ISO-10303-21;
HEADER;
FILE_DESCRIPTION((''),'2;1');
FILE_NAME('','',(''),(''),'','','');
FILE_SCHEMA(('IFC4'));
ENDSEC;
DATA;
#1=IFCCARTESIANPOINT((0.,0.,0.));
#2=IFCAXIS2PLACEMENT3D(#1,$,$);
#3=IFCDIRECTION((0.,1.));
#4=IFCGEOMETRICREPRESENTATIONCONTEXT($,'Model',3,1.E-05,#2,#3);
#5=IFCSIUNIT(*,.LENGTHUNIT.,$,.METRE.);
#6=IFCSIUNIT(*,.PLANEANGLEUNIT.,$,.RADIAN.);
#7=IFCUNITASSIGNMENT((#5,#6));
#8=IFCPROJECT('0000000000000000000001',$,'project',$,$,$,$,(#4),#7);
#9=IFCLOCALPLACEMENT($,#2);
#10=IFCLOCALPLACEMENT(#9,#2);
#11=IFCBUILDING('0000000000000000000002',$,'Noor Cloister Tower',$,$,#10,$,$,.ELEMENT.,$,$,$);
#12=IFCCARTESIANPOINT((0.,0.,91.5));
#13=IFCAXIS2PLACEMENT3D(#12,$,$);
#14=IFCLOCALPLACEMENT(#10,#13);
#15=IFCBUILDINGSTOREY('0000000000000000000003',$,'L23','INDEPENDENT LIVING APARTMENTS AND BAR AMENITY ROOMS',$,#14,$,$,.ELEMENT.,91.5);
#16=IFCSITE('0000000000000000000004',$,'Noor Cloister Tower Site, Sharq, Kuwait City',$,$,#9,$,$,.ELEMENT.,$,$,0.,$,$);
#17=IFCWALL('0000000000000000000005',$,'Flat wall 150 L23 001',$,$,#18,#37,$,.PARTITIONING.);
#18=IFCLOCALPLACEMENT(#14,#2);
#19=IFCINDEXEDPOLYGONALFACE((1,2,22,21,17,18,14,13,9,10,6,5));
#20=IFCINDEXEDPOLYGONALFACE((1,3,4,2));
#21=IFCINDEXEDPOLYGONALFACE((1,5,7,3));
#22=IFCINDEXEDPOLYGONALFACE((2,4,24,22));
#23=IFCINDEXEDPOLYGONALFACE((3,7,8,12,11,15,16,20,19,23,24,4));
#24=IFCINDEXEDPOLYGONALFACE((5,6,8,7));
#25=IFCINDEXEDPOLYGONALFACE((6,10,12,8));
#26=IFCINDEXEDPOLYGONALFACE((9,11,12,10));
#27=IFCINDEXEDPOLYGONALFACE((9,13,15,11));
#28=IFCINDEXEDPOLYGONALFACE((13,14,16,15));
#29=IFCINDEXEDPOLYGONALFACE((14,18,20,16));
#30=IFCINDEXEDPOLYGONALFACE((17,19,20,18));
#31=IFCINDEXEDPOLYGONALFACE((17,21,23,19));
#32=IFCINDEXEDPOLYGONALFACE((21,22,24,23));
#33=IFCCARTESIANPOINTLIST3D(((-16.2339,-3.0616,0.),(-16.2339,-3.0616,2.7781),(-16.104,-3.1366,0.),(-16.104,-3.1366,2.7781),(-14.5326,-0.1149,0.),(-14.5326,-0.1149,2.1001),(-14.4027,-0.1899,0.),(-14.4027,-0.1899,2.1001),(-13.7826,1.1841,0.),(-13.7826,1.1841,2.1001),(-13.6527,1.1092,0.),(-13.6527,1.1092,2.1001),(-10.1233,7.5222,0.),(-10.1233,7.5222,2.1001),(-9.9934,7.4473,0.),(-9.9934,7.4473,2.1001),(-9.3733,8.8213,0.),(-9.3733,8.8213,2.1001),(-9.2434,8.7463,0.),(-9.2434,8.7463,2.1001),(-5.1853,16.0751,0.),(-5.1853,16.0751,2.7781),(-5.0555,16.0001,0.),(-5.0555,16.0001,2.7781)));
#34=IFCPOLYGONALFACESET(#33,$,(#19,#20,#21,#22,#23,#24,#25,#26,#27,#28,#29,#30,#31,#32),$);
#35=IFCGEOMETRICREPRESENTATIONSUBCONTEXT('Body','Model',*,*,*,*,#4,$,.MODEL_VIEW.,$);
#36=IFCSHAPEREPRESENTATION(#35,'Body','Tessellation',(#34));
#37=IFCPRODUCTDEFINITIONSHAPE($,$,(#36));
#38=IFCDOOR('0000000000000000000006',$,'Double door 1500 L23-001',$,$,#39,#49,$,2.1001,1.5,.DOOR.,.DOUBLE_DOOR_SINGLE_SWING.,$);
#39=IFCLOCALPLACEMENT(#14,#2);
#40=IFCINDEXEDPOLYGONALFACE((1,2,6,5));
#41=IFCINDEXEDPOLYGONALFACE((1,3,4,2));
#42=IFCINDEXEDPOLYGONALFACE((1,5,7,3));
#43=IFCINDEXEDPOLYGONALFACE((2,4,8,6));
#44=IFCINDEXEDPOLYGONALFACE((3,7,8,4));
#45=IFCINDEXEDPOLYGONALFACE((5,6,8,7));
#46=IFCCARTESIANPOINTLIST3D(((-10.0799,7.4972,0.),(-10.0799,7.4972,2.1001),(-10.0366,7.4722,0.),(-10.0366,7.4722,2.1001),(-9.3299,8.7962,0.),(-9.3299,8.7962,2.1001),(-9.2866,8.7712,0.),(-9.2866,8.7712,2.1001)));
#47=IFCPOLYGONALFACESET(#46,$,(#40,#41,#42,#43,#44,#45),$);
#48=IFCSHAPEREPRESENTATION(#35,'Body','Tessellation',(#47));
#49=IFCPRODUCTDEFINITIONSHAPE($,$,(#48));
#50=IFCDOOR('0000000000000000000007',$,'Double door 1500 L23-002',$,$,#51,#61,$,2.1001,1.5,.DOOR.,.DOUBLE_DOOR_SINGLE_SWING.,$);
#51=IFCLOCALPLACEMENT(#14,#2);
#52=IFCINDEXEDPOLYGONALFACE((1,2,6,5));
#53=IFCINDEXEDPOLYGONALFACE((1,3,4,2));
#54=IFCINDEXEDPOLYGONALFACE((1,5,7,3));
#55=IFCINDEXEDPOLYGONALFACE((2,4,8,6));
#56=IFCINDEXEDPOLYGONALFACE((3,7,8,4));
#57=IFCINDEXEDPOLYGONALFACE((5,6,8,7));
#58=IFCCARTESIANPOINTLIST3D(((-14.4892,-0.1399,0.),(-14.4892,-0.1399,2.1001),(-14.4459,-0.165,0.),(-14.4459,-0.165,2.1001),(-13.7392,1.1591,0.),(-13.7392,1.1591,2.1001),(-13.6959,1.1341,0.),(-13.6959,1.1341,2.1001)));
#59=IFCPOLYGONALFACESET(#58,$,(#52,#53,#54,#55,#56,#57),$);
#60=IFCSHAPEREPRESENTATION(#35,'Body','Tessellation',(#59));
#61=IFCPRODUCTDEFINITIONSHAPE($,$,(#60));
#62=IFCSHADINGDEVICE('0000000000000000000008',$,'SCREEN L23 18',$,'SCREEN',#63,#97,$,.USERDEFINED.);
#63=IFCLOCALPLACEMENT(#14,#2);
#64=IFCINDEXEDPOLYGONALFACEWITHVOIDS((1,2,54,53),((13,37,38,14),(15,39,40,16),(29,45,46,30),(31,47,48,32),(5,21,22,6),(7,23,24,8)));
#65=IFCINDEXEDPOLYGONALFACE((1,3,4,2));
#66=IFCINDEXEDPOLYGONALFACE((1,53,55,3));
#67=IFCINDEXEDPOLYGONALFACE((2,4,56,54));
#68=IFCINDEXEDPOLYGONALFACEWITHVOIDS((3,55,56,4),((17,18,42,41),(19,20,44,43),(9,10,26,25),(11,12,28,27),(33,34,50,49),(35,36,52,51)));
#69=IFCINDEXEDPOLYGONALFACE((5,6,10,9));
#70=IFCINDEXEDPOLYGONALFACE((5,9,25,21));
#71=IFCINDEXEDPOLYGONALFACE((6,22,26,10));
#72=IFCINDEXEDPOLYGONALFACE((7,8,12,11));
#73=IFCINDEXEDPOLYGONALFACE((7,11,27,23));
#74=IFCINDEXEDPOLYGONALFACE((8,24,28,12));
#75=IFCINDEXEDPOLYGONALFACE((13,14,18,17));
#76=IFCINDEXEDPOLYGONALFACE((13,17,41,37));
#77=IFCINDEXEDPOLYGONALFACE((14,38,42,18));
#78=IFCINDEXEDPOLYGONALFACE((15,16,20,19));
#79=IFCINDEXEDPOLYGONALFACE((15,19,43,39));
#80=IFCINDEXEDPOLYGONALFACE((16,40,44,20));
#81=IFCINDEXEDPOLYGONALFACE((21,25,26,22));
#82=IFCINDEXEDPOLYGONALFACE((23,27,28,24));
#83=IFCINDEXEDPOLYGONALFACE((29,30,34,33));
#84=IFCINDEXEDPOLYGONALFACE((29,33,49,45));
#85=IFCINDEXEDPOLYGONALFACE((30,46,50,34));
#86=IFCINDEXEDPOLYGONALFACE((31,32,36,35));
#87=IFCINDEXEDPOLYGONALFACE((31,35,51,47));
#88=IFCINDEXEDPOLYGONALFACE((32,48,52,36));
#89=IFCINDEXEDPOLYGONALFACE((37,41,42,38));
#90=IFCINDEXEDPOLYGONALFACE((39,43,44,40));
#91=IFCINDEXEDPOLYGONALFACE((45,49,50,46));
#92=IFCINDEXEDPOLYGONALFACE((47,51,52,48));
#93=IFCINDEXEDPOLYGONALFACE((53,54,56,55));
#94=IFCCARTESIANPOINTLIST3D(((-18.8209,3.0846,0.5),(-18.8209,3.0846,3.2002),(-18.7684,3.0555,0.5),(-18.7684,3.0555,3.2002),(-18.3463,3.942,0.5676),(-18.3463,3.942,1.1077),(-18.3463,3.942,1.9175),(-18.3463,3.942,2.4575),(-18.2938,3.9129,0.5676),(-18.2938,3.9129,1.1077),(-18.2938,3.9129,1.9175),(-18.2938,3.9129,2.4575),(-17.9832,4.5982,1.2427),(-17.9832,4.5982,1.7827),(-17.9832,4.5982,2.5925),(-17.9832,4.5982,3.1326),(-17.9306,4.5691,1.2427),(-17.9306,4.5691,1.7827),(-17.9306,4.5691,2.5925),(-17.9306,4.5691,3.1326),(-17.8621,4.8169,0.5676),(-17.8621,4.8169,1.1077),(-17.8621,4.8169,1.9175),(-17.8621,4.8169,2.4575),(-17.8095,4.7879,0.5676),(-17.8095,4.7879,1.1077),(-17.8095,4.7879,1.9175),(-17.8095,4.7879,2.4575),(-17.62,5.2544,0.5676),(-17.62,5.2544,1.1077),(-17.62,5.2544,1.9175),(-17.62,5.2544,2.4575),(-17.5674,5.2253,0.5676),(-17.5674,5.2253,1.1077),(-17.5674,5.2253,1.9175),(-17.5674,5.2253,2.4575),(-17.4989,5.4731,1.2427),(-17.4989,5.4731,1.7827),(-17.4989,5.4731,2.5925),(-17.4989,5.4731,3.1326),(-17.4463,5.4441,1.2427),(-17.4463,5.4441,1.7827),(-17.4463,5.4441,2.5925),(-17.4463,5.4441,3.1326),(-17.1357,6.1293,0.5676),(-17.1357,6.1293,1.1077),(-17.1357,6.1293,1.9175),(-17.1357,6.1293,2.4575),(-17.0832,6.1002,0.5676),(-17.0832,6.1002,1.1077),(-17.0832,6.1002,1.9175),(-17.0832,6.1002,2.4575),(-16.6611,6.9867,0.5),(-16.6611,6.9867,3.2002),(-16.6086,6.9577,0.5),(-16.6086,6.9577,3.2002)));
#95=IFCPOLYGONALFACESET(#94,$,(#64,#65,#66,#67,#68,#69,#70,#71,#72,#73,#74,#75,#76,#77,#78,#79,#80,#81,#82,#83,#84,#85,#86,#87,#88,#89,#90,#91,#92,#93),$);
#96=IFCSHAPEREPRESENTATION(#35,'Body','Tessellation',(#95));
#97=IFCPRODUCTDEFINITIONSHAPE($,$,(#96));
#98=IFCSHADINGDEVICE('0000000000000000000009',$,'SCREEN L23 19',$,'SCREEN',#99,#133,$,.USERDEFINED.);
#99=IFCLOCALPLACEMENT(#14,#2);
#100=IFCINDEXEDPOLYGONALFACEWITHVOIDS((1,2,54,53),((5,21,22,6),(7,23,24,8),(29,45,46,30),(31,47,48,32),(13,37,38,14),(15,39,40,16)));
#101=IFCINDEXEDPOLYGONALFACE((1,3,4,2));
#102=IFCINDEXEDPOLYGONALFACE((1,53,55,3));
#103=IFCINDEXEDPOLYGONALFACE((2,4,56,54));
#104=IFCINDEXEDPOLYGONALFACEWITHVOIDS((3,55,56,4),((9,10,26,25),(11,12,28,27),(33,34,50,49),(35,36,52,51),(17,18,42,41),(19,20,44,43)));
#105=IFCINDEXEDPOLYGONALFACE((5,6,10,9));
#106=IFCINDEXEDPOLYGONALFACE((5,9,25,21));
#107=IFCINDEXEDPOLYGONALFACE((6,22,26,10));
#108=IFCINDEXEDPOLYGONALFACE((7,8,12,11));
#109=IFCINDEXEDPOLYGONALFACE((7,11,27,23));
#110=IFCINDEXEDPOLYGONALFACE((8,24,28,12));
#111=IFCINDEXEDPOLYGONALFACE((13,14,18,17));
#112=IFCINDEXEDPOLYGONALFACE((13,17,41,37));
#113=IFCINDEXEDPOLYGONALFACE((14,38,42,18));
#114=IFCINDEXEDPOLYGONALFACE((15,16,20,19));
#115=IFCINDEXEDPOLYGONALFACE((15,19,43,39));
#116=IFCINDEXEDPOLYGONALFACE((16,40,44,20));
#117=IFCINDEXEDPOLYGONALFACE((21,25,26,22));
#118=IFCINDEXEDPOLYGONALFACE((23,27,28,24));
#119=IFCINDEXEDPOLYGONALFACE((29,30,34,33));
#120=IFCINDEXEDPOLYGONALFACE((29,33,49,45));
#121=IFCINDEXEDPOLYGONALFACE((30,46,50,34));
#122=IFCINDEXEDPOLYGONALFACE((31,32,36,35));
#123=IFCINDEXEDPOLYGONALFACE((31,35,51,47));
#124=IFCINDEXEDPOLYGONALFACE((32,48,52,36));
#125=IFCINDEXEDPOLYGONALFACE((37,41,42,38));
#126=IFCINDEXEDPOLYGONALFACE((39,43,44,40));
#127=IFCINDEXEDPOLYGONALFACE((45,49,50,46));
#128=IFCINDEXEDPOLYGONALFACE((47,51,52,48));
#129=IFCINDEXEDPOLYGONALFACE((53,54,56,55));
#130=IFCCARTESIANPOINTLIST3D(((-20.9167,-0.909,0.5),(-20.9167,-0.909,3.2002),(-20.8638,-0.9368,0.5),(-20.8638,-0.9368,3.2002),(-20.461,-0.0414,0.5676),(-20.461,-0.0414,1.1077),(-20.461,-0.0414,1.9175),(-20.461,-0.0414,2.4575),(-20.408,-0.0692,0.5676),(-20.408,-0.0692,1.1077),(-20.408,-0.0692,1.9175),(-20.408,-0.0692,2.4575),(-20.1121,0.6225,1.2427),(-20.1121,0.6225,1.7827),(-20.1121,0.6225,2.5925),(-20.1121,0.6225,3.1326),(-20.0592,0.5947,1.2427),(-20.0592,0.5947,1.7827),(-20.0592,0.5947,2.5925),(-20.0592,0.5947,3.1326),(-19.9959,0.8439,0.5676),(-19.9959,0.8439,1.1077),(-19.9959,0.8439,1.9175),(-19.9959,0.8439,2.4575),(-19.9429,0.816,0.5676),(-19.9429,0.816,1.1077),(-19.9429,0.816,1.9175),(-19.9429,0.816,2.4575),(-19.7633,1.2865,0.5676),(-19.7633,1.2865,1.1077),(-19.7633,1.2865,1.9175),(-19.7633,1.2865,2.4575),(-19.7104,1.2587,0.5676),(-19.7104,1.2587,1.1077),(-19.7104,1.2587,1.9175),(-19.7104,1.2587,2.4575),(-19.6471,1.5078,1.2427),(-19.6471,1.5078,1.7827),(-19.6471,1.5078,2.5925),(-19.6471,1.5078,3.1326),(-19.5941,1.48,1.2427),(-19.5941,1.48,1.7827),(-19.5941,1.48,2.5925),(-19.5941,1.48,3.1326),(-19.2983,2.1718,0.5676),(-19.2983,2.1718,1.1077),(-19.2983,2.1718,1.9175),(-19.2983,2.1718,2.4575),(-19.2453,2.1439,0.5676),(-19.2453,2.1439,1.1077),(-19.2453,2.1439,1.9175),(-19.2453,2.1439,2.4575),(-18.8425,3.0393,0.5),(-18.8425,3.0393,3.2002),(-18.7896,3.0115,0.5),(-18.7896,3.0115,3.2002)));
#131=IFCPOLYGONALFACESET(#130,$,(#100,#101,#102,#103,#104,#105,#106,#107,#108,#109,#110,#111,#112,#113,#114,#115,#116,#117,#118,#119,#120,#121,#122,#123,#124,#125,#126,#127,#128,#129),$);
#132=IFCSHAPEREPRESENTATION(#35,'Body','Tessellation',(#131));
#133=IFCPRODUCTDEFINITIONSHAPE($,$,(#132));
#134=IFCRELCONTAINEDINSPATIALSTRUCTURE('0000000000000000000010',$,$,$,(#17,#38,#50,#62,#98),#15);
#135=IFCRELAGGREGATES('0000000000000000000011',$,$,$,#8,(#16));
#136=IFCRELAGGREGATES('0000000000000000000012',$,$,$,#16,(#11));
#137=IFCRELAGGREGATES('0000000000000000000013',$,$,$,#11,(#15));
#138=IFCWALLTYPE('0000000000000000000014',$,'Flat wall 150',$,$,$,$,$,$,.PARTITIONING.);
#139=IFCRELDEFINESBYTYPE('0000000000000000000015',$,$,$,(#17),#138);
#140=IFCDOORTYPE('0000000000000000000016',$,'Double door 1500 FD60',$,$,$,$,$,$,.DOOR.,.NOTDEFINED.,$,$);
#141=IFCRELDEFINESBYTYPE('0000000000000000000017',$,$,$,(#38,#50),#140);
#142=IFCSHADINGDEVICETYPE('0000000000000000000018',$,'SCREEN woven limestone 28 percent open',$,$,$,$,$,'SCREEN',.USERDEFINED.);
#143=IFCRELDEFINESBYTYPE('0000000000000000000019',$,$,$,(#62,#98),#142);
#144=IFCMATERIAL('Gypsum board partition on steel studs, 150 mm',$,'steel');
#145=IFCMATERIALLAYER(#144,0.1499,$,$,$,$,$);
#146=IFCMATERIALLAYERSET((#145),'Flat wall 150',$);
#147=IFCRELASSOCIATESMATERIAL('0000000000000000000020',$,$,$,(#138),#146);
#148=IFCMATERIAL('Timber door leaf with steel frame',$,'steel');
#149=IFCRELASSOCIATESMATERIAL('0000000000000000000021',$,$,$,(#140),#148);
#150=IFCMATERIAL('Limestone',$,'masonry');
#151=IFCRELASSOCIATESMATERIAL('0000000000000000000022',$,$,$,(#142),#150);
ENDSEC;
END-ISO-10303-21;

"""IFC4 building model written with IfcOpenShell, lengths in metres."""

from ifc_helpers import new_model, si_unit, direction, frame, frame_2d, origin, place, context, subcontext, project, spatial, polyline, rectangle, outline, extrude, material, layer, layer_set, material_profile, profile_set, type_object, element, fill, save


model = new_model("IFC4")

# Units and contexts
model_context = context("Model", 3, precision=1e-05, world=origin(), true_north=direction((0.0, 1.0)))
body_context = subcontext(model_context, "Body", "Model", "MODEL_VIEW")
ifc_project = project(units=[si_unit("LENGTHUNIT", "METRE"), si_unit("PLANEANGLEUNIT", "RADIAN")], contexts=[model_context])

# Site, building, storey
site_placement = place(None, origin())
site = spatial("IfcSite", under=ifc_project, at=site_placement, Name="Noor Cloister Tower Site, Sharq, Kuwait City", CompositionType="ELEMENT", RefElevation=0.0)
building_placement = place(site_placement, origin())
building = spatial("IfcBuilding", under=site, at=building_placement, Name="Noor Cloister Tower", CompositionType="ELEMENT")
storey_placement = place(building_placement, frame((0.0, 0.0, 91.5)))
storey = spatial("IfcBuildingStorey", under=building, at=storey_placement, Name="L23", Description="INDEPENDENT LIVING APARTMENTS AND BAR AMENITY ROOMS", CompositionType="ELEMENT", Elevation=91.5)

# Wall, openings, doors
ifc_material_1 = material(Name="Gypsum board partition on steel studs, 150 mm", Category="steel")
ifc_layer_1 = layer(ifc_material_1, 0.1499)
ifc_layer_set_1 = layer_set([ifc_layer_1], Name="Flat wall 150")
wall_type = type_object("IfcWallType", Name="Flat wall 150", PredefinedType="PARTITIONING", material=ifc_layer_set_1)
wall_placement = place(storey_placement, frame((-16.1689, -3.0991, 0.0), z_axis=(0.0, 0.0, 1.0), x_axis=(0.5, 0.866026, 0.0)))
wall = element("IfcWall", 1, at=wall_placement, inside=storey, type_object=wall_type, Name="Flat wall 150 L23 001", PredefinedType="PARTITIONING", context=body_context, shape_type="SweptSolid", body=[
    extrude(rectangle(XDim=22.0972, YDim=0.1499, at=frame_2d((11.0486, 0.0))), origin(), (0.0, 0.0, 1.0), 2.7781),
])
opening_1_placement = place(wall_placement, frame((12.2212, 0.0, 0.0)))
opening_1 = element("IfcOpeningElement", 2, at=opening_1_placement, cuts=wall, PredefinedType="OPENING", context=body_context, shape_type="SweptSolid", body=[
    extrude(rectangle(XDim=1.5, YDim=2.1001, at=frame_2d((0.75, 1.05))), frame((0.0, 0.085, 0.0), z_axis=(0.0, -1.0, 0.0), x_axis=(1.0, 0.0, 0.0)), (0.0, 0.0, 1.0), 0.1699),
])
opening_2_placement = place(wall_placement, frame((3.4026, 0.0, 0.0)))
opening_2 = element("IfcOpeningElement", 3, at=opening_2_placement, cuts=wall, PredefinedType="OPENING", context=body_context, shape_type="SweptSolid", body=[
    extrude(rectangle(XDim=1.5, YDim=2.1001, at=frame_2d((0.75, 1.05))), frame((0.0, 0.085, 0.0), z_axis=(0.0, -1.0, 0.0), x_axis=(1.0, 0.0, 0.0)), (0.0, 0.0, 1.0), 0.1699),
])
ifc_material_2 = material(Name="Timber door leaf with steel frame", Category="steel")
door_type = type_object("IfcDoorType", Name="Double door 1500 FD60", OperationType="NOTDEFINED", PredefinedType="DOOR", material=ifc_material_2)
door_1_placement = place(opening_1_placement, origin())
door_1 = element("IfcDoor", 4, at=door_1_placement, inside=storey, type_object=door_type, Name="Double door 1500 L23-001", OperationType="DOUBLE_DOOR_SINGLE_SWING", OverallHeight=2.1001, OverallWidth=1.5, PredefinedType="DOOR", context=body_context, shape_type="SweptSolid", body=[
    extrude(rectangle(XDim=1.5, YDim=2.1001, at=frame_2d((0.75, 1.05))), frame((0.0, 0.0249, 0.0), z_axis=(0.0, -1.0, 0.0), x_axis=(1.0, 0.0, 0.0)), (0.0, 0.0, 1.0), 0.05),
])
fill(opening_1, door_1)
door_2_placement = place(opening_2_placement, origin())
door_2 = element("IfcDoor", 5, at=door_2_placement, inside=storey, type_object=door_type, Name="Double door 1500 L23-002", OperationType="DOUBLE_DOOR_SINGLE_SWING", OverallHeight=2.1001, OverallWidth=1.5, PredefinedType="DOOR", context=body_context, shape_type="SweptSolid", body=[
    extrude(rectangle(XDim=1.5, YDim=2.1001, at=frame_2d((0.75, 1.05))), frame((0.0, 0.0249, 0.0), z_axis=(0.0, -1.0, 0.0), x_axis=(1.0, 0.0, 0.0)), (0.0, 0.0, 1.0), 0.05),
])
fill(opening_2, door_2)

# Shading devices
ifc_material_3 = material(Name="Limestone", Category="masonry")
ifc_material_profile_1 = material_profile(ifc_material_3, outline(polyline([(-2.23, -1.3501), (2.23, -1.3501), (2.23, 1.3501), (-2.23, 1.3501), (-2.23, -1.3501)]), holes=[polyline([(-1.25, -1.2825), (-0.25, -1.2825), (-0.25, -0.7424), (-1.25, -0.7424), (-1.25, -1.2825)]), polyline([(0.25, -1.2825), (1.25, -1.2825), (1.25, -0.7424), (0.25, -0.7424), (0.25, -1.2825)]), polyline([(-0.5, -0.6074), (0.5, -0.6074), (0.5, -0.0674), (-0.5, -0.0674), (-0.5, -0.6074)]), polyline([(-1.25, 0.0674), (-0.25, 0.0674), (-0.25, 0.6074), (-1.25, 0.6074), (-1.25, 0.0674)]), polyline([(0.25, 0.0674), (1.25, 0.0674), (1.25, 0.6074), (0.25, 0.6074), (0.25, 0.0674)]), polyline([(-0.5, 0.7424), (0.5, 0.7424), (0.5, 1.2825), (-0.5, 1.2825), (-0.5, 0.7424)])]), Name="Woven screen 28 percent open")
ifc_profile_set_1 = profile_set([ifc_material_profile_1], Name="Limestone")
shading_device_type = type_object("IfcShadingDeviceType", Name="SCREEN woven limestone 28 percent open", ElementType="SCREEN", PredefinedType="USERDEFINED", material=ifc_profile_set_1)
shading_device_1_placement = place(storey_placement, frame((-17.6885, 5.0066, 1.8501), z_axis=(-0.874924, 0.48426, 0.0), x_axis=(-0.48426, -0.874924, 0.0)))
element("IfcShadingDevice", 6, at=shading_device_1_placement, inside=storey, type_object=shading_device_type, Name="SCREEN L23 18", ObjectType="SCREEN", PredefinedType="USERDEFINED", context=body_context, shape_type="SweptSolid", body=[
    extrude(outline(polyline([(-2.23, -1.3501), (2.23, -1.3501), (2.23, 1.3501), (-2.23, 1.3501), (-2.23, -1.3501)]), holes=[polyline([(-1.25, -1.2825), (-0.25, -1.2825), (-0.25, -0.7424), (-1.25, -0.7424), (-1.25, -1.2825)]), polyline([(0.25, -1.2825), (1.25, -1.2825), (1.25, -0.7424), (0.25, -0.7424), (0.25, -1.2825)]), polyline([(-0.5, -0.6074), (0.5, -0.6074), (0.5, -0.0674), (-0.5, -0.0674), (-0.5, -0.6074)]), polyline([(-1.25, 0.0674), (-0.25, 0.0674), (-0.25, 0.6074), (-1.25, 0.6074), (-1.25, 0.0674)]), polyline([(0.25, 0.0674), (1.25, 0.0674), (1.25, 0.6074), (0.25, 0.6074), (0.25, 0.0674)]), polyline([(-0.5, 0.7424), (0.5, 0.7424), (0.5, 1.2825), (-0.5, 1.2825), (-0.5, 0.7424)])]), origin(), (0.0, 0.0, 1.0), 0.0601),
])
shading_device_2_placement = place(storey_placement, frame((-19.8267, 1.0374, 1.8501), z_axis=(-0.885272, 0.465074, 0.0), x_axis=(-0.465074, -0.885272, 0.0)))
element("IfcShadingDevice", 7, at=shading_device_2_placement, inside=storey, type_object=shading_device_type, Name="SCREEN L23 19", ObjectType="SCREEN", PredefinedType="USERDEFINED", context=body_context, shape_type="SweptSolid", body=[
    extrude(outline(polyline([(-2.23, -1.3501), (2.23, -1.3501), (2.23, 1.3501), (-2.23, 1.3501), (-2.23, -1.3501)]), holes=[polyline([(-1.25, -1.2825), (-0.25, -1.2825), (-0.25, -0.7424), (-1.25, -0.7424), (-1.25, -1.2825)]), polyline([(0.25, -1.2825), (1.25, -1.2825), (1.25, -0.7424), (0.25, -0.7424), (0.25, -1.2825)]), polyline([(-0.5, -0.6074), (0.5, -0.6074), (0.5, -0.0674), (-0.5, -0.0674), (-0.5, -0.6074)]), polyline([(-1.25, 0.0674), (-0.25, 0.0674), (-0.25, 0.6074), (-1.25, 0.6074), (-1.25, 0.0674)]), polyline([(0.25, 0.0674), (1.25, 0.0674), (1.25, 0.6074), (0.25, 0.6074), (0.25, 0.0674)]), polyline([(-0.5, 0.7424), (0.5, 0.7424), (0.5, 1.2825), (-0.5, 1.2825), (-0.5, 0.7424)])]), origin(), (0.0, 0.0, 1.0), 0.0598),
])

save(model, "model.ifc")
